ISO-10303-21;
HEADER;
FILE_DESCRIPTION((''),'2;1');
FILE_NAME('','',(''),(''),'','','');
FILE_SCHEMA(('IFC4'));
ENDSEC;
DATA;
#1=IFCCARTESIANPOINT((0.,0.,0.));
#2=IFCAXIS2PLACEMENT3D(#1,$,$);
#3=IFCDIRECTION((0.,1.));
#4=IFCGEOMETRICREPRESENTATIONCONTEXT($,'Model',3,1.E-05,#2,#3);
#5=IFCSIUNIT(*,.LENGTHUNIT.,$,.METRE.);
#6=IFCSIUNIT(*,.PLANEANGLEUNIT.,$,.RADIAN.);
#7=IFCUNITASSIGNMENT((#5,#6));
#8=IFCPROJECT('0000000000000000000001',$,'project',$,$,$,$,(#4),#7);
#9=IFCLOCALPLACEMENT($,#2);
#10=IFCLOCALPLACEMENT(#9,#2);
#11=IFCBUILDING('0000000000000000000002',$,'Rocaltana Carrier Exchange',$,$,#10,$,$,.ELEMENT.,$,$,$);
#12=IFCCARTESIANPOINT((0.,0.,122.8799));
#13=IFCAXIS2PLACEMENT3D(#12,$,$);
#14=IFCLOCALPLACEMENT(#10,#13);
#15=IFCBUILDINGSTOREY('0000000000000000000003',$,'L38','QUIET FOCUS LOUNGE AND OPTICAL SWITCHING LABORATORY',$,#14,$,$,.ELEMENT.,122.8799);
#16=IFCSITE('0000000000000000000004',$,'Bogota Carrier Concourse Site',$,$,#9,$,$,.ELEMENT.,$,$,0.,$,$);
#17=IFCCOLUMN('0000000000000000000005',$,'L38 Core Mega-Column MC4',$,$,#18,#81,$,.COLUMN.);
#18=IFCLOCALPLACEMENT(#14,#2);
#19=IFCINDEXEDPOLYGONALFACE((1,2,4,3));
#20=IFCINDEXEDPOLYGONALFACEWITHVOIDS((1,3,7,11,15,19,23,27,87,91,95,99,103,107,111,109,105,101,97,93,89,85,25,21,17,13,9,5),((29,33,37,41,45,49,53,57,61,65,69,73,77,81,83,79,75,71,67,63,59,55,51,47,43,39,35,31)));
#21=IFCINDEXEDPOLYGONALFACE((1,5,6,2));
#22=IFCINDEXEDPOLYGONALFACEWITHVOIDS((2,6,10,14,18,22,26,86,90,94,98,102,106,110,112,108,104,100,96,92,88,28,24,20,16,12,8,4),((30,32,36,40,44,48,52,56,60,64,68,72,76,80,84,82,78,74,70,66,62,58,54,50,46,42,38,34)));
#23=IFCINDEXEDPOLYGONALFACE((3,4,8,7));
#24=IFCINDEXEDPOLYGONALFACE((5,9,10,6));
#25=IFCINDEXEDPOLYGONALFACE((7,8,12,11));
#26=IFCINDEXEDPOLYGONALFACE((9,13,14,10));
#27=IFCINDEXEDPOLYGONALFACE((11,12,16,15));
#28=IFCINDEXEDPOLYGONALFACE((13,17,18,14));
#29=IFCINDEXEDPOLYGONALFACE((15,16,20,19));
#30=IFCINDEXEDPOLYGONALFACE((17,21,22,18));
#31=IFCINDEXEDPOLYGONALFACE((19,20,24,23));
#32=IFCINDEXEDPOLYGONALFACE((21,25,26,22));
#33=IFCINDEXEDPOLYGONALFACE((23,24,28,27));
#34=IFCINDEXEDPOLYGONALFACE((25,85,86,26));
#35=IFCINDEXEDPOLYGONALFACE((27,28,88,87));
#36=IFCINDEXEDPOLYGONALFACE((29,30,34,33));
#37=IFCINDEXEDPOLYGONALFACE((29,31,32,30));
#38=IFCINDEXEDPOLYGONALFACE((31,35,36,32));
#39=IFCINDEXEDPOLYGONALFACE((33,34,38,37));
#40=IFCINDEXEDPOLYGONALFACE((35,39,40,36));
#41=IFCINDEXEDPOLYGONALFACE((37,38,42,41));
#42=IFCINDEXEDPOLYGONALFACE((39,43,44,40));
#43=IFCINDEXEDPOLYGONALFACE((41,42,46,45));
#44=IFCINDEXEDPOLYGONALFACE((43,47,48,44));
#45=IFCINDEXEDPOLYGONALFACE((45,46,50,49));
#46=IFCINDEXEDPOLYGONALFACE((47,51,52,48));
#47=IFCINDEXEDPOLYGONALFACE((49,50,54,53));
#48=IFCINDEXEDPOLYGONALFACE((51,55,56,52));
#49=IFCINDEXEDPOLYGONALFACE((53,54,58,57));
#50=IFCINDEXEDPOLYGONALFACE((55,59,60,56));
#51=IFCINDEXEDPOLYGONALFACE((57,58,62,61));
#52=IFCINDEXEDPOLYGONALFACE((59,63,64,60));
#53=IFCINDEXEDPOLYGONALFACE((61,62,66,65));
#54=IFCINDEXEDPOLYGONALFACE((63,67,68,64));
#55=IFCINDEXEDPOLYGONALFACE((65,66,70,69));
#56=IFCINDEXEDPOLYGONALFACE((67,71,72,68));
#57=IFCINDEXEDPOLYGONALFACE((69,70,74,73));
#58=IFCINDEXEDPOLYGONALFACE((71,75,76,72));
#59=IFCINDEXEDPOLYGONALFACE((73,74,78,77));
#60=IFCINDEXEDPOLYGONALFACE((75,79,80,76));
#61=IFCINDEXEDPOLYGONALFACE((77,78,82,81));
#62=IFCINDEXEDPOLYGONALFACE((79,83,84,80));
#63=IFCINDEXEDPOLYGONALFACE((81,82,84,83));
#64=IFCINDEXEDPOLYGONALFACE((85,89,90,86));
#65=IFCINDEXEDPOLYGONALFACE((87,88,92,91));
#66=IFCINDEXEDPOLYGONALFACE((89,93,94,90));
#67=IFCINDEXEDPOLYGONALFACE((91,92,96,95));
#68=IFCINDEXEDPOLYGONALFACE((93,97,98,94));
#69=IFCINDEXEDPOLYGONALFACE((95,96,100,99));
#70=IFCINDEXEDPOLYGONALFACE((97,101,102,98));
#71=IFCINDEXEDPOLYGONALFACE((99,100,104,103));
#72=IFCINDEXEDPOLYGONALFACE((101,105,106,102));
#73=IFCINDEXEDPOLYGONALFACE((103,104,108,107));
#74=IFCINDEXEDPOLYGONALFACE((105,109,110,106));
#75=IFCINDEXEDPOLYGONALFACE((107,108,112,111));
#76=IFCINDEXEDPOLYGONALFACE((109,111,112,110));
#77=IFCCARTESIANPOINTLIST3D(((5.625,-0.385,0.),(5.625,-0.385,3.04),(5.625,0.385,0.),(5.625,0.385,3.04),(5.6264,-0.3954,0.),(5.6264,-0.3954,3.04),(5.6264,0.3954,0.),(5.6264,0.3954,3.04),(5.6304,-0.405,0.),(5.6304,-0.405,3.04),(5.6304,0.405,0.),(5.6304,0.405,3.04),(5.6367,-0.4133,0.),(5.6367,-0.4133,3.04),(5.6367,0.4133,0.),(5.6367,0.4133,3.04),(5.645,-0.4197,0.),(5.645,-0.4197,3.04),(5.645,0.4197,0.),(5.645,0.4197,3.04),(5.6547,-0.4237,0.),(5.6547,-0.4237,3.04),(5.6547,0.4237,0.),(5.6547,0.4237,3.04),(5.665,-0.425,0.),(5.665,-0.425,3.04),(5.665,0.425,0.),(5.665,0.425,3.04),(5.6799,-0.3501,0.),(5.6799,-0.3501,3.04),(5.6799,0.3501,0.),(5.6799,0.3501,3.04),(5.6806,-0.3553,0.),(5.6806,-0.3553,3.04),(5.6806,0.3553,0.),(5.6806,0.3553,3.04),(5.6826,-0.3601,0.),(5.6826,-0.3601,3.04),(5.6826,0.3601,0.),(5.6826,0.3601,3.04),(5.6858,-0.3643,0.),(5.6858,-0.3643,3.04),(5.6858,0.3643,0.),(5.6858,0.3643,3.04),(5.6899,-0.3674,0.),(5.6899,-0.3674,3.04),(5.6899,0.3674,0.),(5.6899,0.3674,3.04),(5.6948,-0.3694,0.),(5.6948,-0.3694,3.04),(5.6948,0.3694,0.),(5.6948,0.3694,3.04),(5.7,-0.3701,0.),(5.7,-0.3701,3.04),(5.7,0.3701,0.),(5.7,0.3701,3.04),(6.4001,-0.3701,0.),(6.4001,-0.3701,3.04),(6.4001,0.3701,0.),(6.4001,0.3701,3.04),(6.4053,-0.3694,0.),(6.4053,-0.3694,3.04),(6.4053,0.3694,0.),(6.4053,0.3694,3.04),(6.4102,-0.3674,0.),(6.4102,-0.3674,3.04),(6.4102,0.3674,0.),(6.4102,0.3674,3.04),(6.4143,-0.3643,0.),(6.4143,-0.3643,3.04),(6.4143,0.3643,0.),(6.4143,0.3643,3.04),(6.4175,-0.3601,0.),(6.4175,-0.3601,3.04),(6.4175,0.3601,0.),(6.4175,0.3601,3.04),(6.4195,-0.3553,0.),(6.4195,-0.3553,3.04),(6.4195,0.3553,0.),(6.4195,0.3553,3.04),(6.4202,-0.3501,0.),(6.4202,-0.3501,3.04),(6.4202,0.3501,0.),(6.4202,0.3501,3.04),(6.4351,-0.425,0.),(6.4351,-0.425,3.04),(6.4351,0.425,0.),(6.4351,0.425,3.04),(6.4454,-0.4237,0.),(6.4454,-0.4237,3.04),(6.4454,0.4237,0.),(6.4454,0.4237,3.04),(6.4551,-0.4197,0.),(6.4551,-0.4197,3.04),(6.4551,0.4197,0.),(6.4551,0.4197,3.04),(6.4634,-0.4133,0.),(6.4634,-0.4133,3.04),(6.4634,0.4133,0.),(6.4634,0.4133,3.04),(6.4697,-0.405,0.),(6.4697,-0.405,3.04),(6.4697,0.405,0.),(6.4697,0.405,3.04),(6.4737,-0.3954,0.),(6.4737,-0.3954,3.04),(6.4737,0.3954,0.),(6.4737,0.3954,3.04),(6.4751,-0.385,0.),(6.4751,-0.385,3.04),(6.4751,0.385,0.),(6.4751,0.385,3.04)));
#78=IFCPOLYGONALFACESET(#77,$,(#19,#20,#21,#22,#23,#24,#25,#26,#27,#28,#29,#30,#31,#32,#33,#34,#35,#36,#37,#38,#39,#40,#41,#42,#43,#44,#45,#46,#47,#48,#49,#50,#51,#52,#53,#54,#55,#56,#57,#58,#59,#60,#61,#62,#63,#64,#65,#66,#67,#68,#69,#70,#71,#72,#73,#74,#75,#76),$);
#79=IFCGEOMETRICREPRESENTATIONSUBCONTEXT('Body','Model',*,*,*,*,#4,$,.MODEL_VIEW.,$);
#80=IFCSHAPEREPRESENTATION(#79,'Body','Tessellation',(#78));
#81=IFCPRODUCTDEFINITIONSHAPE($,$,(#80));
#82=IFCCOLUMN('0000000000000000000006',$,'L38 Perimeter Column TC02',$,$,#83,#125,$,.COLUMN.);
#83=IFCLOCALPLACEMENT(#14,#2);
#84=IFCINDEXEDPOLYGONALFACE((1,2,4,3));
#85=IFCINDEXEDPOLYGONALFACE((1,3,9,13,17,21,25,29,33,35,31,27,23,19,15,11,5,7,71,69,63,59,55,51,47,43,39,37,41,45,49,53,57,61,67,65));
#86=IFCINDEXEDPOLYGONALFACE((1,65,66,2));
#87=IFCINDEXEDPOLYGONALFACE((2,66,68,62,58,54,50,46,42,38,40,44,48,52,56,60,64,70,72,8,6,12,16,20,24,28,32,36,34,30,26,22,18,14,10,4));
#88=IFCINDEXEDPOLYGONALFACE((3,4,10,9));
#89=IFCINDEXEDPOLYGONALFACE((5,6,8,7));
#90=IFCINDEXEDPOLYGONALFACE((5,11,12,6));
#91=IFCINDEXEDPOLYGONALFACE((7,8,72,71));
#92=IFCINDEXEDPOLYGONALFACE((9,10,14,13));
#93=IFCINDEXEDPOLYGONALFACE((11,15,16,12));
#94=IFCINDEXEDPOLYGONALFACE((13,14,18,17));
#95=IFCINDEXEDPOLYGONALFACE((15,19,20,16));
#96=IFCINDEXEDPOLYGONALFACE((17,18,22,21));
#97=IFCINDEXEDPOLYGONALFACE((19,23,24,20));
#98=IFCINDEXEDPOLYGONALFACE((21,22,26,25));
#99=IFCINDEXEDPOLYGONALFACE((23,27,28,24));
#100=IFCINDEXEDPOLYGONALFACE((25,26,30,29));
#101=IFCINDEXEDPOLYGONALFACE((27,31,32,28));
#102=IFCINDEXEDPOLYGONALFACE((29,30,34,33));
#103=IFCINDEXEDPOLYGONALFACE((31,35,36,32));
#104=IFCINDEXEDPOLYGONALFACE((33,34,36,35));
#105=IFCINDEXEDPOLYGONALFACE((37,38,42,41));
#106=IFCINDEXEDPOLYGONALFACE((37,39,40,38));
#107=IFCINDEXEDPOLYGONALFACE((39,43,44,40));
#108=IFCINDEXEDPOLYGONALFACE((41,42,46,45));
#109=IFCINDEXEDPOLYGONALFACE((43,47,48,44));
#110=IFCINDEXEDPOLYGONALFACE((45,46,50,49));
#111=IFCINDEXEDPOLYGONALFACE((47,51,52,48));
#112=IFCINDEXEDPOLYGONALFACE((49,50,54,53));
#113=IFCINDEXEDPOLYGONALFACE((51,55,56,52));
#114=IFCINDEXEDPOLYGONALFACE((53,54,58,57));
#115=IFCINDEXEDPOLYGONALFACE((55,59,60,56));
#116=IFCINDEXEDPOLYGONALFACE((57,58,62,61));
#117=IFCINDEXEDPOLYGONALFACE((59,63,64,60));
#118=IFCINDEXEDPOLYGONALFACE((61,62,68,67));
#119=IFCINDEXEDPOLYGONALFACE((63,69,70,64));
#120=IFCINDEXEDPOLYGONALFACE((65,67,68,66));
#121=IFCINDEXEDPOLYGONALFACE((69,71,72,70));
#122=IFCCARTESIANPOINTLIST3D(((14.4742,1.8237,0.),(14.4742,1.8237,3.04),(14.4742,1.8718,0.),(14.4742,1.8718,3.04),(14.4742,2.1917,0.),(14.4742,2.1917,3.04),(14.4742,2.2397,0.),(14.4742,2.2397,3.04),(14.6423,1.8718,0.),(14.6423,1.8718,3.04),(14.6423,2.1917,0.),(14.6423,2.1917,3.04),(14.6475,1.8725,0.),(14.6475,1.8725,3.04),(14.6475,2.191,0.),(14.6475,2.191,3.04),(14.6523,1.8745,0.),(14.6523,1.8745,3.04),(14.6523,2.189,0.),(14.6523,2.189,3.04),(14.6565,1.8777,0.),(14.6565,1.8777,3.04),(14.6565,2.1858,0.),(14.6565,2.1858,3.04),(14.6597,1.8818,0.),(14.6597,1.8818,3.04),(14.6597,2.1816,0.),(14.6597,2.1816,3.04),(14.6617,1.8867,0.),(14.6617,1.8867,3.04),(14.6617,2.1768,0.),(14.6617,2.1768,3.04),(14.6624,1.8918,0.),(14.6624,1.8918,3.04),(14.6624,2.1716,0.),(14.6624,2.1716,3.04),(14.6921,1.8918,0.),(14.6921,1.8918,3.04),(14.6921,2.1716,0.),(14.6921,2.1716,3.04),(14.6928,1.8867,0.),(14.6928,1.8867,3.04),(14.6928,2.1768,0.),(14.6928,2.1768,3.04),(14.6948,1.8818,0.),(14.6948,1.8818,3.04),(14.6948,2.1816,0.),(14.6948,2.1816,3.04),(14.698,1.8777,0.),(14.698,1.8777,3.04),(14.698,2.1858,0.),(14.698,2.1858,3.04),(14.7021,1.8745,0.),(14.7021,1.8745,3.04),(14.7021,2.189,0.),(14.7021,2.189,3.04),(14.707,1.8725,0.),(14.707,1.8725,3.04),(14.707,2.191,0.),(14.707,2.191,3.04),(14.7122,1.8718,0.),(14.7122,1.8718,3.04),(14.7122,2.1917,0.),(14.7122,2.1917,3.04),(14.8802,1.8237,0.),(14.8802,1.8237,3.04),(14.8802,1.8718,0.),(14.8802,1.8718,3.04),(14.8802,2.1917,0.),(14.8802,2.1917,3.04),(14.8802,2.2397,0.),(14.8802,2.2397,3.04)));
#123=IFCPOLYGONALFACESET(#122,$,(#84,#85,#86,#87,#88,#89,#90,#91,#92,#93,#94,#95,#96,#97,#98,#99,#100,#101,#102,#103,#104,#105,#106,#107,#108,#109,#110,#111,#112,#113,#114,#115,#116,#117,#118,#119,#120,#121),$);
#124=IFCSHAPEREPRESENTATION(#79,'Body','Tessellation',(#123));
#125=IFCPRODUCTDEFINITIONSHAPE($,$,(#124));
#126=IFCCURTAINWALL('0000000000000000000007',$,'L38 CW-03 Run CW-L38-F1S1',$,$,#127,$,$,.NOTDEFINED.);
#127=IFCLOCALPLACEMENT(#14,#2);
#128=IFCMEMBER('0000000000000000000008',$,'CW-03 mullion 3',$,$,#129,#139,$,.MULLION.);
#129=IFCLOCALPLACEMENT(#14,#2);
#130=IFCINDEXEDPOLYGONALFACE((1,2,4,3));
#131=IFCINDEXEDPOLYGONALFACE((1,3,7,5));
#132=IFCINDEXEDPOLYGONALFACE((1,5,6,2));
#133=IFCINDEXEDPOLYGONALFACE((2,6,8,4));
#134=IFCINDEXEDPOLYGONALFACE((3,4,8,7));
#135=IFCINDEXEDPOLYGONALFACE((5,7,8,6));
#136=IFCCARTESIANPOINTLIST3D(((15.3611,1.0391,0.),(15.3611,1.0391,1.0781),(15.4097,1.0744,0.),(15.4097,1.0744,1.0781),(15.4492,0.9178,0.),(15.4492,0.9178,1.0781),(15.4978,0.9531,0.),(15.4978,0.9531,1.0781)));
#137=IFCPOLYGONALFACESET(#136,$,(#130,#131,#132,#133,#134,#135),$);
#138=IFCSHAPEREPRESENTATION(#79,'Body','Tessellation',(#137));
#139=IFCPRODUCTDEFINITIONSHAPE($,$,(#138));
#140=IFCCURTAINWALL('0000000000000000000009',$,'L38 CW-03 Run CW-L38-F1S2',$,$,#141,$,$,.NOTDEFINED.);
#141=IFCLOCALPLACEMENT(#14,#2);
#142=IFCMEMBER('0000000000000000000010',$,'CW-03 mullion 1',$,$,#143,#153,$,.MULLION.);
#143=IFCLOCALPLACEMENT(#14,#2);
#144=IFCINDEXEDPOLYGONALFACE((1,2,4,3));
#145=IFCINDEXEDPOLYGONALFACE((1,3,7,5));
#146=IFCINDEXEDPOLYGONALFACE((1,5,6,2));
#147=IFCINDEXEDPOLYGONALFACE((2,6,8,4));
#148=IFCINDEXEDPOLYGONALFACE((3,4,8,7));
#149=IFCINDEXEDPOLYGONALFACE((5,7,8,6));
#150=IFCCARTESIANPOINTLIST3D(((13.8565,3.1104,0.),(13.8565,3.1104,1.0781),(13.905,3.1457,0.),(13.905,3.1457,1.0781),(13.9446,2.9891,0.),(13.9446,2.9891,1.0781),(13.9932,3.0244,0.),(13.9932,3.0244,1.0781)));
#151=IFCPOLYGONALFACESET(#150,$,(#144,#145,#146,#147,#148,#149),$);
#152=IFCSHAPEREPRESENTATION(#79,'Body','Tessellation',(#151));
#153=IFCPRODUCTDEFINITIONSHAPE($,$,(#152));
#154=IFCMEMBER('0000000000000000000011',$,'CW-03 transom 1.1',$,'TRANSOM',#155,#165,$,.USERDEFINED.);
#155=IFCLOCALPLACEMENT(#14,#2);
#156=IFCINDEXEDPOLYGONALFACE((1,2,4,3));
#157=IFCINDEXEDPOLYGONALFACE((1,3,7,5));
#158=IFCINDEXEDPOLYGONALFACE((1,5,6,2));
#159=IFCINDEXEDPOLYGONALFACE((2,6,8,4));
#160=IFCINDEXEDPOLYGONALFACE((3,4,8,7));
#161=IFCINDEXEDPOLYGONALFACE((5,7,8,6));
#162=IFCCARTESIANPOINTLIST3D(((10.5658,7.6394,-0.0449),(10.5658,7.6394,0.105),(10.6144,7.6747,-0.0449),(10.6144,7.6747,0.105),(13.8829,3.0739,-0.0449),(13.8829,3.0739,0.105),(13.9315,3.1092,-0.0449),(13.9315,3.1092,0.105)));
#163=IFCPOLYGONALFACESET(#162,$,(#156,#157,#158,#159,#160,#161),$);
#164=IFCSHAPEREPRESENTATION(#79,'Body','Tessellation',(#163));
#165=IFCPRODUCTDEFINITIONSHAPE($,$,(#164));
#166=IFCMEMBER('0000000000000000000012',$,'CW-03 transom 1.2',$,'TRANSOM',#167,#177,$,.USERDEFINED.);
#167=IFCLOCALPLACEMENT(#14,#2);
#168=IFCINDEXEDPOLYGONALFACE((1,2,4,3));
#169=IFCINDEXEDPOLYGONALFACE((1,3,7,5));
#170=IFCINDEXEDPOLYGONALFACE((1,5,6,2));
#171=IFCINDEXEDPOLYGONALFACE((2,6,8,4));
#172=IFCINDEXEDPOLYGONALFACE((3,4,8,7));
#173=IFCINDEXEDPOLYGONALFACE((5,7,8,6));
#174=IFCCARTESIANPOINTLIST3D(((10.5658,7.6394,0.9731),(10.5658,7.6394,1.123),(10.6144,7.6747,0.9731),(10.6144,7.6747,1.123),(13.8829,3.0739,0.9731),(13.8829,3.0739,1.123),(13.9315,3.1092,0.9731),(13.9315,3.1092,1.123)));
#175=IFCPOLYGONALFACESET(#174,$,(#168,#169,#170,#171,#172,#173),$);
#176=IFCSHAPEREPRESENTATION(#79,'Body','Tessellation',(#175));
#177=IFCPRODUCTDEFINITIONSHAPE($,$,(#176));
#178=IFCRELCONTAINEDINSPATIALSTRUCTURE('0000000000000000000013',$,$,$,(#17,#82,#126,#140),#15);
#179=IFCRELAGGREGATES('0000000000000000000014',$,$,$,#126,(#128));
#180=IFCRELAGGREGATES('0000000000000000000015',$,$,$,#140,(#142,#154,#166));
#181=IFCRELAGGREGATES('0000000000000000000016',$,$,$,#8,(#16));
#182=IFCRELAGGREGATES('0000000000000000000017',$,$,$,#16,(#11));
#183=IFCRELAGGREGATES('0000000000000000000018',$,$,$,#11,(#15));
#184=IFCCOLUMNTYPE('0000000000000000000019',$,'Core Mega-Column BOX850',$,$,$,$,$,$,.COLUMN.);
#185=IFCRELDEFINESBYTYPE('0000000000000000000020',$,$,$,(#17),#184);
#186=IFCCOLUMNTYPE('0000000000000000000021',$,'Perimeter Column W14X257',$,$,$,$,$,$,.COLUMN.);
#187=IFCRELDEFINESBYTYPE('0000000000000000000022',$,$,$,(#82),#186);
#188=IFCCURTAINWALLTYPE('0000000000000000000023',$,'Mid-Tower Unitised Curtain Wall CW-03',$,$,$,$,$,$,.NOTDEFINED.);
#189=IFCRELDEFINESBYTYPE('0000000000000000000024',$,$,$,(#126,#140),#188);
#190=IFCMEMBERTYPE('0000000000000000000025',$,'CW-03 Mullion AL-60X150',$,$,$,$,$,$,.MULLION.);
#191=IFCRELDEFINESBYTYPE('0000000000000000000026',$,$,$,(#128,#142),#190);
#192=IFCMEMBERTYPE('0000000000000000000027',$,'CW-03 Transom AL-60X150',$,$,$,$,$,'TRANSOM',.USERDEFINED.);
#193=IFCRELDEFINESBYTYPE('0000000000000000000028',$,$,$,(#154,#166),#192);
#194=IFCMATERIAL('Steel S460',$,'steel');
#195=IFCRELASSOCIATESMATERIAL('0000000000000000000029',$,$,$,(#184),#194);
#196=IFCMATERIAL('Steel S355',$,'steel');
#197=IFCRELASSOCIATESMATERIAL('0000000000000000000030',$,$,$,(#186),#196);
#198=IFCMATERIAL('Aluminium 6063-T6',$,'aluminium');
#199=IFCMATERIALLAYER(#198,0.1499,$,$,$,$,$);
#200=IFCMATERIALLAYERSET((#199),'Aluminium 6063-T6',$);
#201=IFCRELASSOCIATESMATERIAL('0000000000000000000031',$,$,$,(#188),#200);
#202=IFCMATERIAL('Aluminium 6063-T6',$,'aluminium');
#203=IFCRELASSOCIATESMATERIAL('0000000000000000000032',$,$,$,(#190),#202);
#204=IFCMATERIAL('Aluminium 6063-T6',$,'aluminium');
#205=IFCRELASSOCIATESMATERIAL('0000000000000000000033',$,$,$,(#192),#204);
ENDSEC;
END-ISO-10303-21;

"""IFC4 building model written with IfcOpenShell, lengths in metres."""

from ifc_helpers import new_model, si_unit, direction, frame, origin, origin_2d, place, context, subcontext, project, spatial, rectangle, hollow_rectangle, i_section, extrude, material, layer, layer_set, material_profile, profile_set, type_object, element, aggregate, save


model = new_model("IFC4")

# Units and contexts
model_context = context("Model", 3, precision=1e-05, world=origin(), true_north=direction((0.0, 1.0)))
body_context = subcontext(model_context, "Body", "Model", "MODEL_VIEW")
ifc_project = project(units=[si_unit("LENGTHUNIT", "METRE"), si_unit("PLANEANGLEUNIT", "RADIAN")], contexts=[model_context])

# Site, building, storey
site_placement = place(None, origin())
site = spatial("IfcSite", under=ifc_project, at=site_placement, Name="Bogota Carrier Concourse Site", CompositionType="ELEMENT", RefElevation=0.0)
building_placement = place(site_placement, origin())
building = spatial("IfcBuilding", under=site, at=building_placement, Name="Rocaltana Carrier Exchange", CompositionType="ELEMENT")
storey_placement = place(building_placement, frame((0.0, 0.0, 122.8799)))
storey = spatial("IfcBuildingStorey", under=building, at=storey_placement, Name="L38", Description="QUIET FOCUS LOUNGE AND OPTICAL SWITCHING LABORATORY", CompositionType="ELEMENT", Elevation=122.8799)

# Columns
ifc_material_1 = material(Name="Steel S460", Category="steel")
ifc_material_profile_1 = material_profile(ifc_material_1, hollow_rectangle(XDim=0.8501, YDim=0.8501, WallThickness=0.0549, InnerFilletRadius=0.02, OuterFilletRadius=0.04, at=origin_2d()), Name="BOX850X850X55")
ifc_profile_set_1 = profile_set([ifc_material_profile_1], Name="Steel S460")
column_type_1 = type_object("IfcColumnType", Name="Core Mega-Column BOX850", PredefinedType="COLUMN", material=ifc_profile_set_1)
column_1_placement = place(storey_placement, frame((6.05, 0.0, 0.0), z_axis=(0.0, 0.0, 1.0), x_axis=(1.0, 0.0, 0.0)))
element("IfcColumn", 1, at=column_1_placement, inside=storey, type_object=column_type_1, Name="L38 Core Mega-Column MC4", PredefinedType="COLUMN", context=body_context, shape_type="SweptSolid", body=[
    extrude(hollow_rectangle(XDim=0.8501, YDim=0.8501, WallThickness=0.0549, InnerFilletRadius=0.02, OuterFilletRadius=0.04, at=origin_2d()), origin(), (0.0, 0.0, 1.0), 3.04),
])
ifc_material_2 = material(Name="Steel S355", Category="steel")
ifc_material_profile_2 = material_profile(ifc_material_2, i_section(OverallWidth=0.406, OverallDepth=0.416, WebThickness=0.0298, FlangeThickness=0.0481, FilletRadius=0.02, at=origin_2d()), Name="W14X257")
ifc_profile_set_2 = profile_set([ifc_material_profile_2], Name="Steel S355")
column_type_2 = type_object("IfcColumnType", Name="Perimeter Column W14X257", PredefinedType="COLUMN", material=ifc_profile_set_2)
column_2_placement = place(storey_placement, frame((14.6772, 2.0317, 0.0), z_axis=(0.0, 0.0, 1.0), x_axis=(1.0, 0.0, 0.0)))
element("IfcColumn", 2, at=column_2_placement, inside=storey, type_object=column_type_2, Name="L38 Perimeter Column TC02", PredefinedType="COLUMN", context=body_context, shape_type="SweptSolid", body=[
    extrude(i_section(OverallWidth=0.406, OverallDepth=0.416, WebThickness=0.0298, FlangeThickness=0.0481, FilletRadius=0.02, at=origin_2d()), origin(), (0.0, 0.0, 1.0), 3.04),
])

# Curtain wall, member
ifc_material_3 = material(Name="Aluminium 6063-T6", Category="aluminium")
ifc_layer_1 = layer(ifc_material_3, 0.1499)
ifc_layer_set_1 = layer_set([ifc_layer_1], Name="Aluminium 6063-T6")
curtain_wall_type = type_object("IfcCurtainWallType", Name="Mid-Tower Unitised Curtain Wall CW-03", PredefinedType="NOTDEFINED", material=ifc_layer_set_1)
curtain_wall_1_placement = place(storey_placement, origin())
curtain_wall_1 = element("IfcCurtainWall", 3, at=curtain_wall_1_placement, inside=storey, type_object=curtain_wall_type, Name="L38 CW-03 Run CW-L38-F1S1", PredefinedType="NOTDEFINED")
ifc_material_4 = material(Name="Aluminium 6063-T6", Category="aluminium")
ifc_material_profile_3 = material_profile(ifc_material_4, rectangle(XDim=0.0601, YDim=0.1499, at=origin_2d()), Name="AL-60X150")
ifc_profile_set_3 = profile_set([ifc_material_profile_3], Name="Aluminium 6063-T6")
member_type_1 = type_object("IfcMemberType", Name="CW-03 Mullion AL-60X150", PredefinedType="MULLION", material=ifc_profile_set_3)
member_1_placement = place(storey_placement, frame((15.4294, 0.9961, 0.0), z_axis=(0.0, 0.0, 1.0), x_axis=(-0.809014, -0.58779, 0.0)))
member_1 = element("IfcMember", 4, at=member_1_placement, type_object=member_type_1, Name="CW-03 mullion 3", PredefinedType="MULLION", context=body_context, shape_type="SweptSolid", body=[
    extrude(rectangle(XDim=0.0601, YDim=0.1499, at=origin_2d()), origin(), (0.0, 0.0, 1.0), 1.0781),
])
aggregate(curtain_wall_1, [member_1])

# Curtain wall, members
curtain_wall_2_placement = place(storey_placement, origin())
curtain_wall_2 = element("IfcCurtainWall", 5, at=curtain_wall_2_placement, inside=storey, type_object=curtain_wall_type, Name="L38 CW-03 Run CW-L38-F1S2", PredefinedType="NOTDEFINED")
member_2_placement = place(storey_placement, frame((13.9248, 3.0674, 0.0), z_axis=(0.0, 0.0, 1.0), x_axis=(-0.809014, -0.58779, 0.0)))
member_2 = element("IfcMember", 6, at=member_2_placement, type_object=member_type_1, Name="CW-03 mullion 1", PredefinedType="MULLION", context=body_context, shape_type="SweptSolid", body=[
    extrude(rectangle(XDim=0.0601, YDim=0.1499, at=origin_2d()), origin(), (0.0, 0.0, 1.0), 1.0781),
])
ifc_material_5 = material(Name="Aluminium 6063-T6", Category="aluminium")
ifc_material_profile_4 = material_profile(ifc_material_5, rectangle(XDim=0.0601, YDim=0.1499, at=origin_2d()), Name="AL-60X150")
ifc_profile_set_4 = profile_set([ifc_material_profile_4], Name="Aluminium 6063-T6")
member_type_2 = type_object("IfcMemberType", Name="CW-03 Transom AL-60X150", ElementType="TRANSOM", PredefinedType="USERDEFINED", material=ifc_profile_set_4)
member_3_placement = place(storey_placement, frame((13.9072, 3.0916, 0.03), z_axis=(-0.587804, 0.809004, 0.0), x_axis=(-0.809004, -0.587804, 0.0)))
member_3 = element("IfcMember", 7, at=member_3_placement, type_object=member_type_2, Name="CW-03 transom 1.1", ObjectType="TRANSOM", PredefinedType="USERDEFINED", context=body_context, shape_type="SweptSolid", body=[
    extrude(rectangle(XDim=0.0601, YDim=0.1499, at=origin_2d()), origin(), (0.0, 0.0, 1.0), 5.6433),
])
member_4_placement = place(storey_placement, frame((13.9072, 3.0916, 1.0481), z_axis=(-0.587804, 0.809004, 0.0), x_axis=(-0.809004, -0.587804, 0.0)))
member_4 = element("IfcMember", 8, at=member_4_placement, type_object=member_type_2, Name="CW-03 transom 1.2", ObjectType="TRANSOM", PredefinedType="USERDEFINED", context=body_context, shape_type="SweptSolid", body=[
    extrude(rectangle(XDim=0.0601, YDim=0.1499, at=origin_2d()), origin(), (0.0, 0.0, 1.0), 5.6433),
])
aggregate(curtain_wall_2, [member_2, member_3, member_4])

save(model, "model.ifc")
